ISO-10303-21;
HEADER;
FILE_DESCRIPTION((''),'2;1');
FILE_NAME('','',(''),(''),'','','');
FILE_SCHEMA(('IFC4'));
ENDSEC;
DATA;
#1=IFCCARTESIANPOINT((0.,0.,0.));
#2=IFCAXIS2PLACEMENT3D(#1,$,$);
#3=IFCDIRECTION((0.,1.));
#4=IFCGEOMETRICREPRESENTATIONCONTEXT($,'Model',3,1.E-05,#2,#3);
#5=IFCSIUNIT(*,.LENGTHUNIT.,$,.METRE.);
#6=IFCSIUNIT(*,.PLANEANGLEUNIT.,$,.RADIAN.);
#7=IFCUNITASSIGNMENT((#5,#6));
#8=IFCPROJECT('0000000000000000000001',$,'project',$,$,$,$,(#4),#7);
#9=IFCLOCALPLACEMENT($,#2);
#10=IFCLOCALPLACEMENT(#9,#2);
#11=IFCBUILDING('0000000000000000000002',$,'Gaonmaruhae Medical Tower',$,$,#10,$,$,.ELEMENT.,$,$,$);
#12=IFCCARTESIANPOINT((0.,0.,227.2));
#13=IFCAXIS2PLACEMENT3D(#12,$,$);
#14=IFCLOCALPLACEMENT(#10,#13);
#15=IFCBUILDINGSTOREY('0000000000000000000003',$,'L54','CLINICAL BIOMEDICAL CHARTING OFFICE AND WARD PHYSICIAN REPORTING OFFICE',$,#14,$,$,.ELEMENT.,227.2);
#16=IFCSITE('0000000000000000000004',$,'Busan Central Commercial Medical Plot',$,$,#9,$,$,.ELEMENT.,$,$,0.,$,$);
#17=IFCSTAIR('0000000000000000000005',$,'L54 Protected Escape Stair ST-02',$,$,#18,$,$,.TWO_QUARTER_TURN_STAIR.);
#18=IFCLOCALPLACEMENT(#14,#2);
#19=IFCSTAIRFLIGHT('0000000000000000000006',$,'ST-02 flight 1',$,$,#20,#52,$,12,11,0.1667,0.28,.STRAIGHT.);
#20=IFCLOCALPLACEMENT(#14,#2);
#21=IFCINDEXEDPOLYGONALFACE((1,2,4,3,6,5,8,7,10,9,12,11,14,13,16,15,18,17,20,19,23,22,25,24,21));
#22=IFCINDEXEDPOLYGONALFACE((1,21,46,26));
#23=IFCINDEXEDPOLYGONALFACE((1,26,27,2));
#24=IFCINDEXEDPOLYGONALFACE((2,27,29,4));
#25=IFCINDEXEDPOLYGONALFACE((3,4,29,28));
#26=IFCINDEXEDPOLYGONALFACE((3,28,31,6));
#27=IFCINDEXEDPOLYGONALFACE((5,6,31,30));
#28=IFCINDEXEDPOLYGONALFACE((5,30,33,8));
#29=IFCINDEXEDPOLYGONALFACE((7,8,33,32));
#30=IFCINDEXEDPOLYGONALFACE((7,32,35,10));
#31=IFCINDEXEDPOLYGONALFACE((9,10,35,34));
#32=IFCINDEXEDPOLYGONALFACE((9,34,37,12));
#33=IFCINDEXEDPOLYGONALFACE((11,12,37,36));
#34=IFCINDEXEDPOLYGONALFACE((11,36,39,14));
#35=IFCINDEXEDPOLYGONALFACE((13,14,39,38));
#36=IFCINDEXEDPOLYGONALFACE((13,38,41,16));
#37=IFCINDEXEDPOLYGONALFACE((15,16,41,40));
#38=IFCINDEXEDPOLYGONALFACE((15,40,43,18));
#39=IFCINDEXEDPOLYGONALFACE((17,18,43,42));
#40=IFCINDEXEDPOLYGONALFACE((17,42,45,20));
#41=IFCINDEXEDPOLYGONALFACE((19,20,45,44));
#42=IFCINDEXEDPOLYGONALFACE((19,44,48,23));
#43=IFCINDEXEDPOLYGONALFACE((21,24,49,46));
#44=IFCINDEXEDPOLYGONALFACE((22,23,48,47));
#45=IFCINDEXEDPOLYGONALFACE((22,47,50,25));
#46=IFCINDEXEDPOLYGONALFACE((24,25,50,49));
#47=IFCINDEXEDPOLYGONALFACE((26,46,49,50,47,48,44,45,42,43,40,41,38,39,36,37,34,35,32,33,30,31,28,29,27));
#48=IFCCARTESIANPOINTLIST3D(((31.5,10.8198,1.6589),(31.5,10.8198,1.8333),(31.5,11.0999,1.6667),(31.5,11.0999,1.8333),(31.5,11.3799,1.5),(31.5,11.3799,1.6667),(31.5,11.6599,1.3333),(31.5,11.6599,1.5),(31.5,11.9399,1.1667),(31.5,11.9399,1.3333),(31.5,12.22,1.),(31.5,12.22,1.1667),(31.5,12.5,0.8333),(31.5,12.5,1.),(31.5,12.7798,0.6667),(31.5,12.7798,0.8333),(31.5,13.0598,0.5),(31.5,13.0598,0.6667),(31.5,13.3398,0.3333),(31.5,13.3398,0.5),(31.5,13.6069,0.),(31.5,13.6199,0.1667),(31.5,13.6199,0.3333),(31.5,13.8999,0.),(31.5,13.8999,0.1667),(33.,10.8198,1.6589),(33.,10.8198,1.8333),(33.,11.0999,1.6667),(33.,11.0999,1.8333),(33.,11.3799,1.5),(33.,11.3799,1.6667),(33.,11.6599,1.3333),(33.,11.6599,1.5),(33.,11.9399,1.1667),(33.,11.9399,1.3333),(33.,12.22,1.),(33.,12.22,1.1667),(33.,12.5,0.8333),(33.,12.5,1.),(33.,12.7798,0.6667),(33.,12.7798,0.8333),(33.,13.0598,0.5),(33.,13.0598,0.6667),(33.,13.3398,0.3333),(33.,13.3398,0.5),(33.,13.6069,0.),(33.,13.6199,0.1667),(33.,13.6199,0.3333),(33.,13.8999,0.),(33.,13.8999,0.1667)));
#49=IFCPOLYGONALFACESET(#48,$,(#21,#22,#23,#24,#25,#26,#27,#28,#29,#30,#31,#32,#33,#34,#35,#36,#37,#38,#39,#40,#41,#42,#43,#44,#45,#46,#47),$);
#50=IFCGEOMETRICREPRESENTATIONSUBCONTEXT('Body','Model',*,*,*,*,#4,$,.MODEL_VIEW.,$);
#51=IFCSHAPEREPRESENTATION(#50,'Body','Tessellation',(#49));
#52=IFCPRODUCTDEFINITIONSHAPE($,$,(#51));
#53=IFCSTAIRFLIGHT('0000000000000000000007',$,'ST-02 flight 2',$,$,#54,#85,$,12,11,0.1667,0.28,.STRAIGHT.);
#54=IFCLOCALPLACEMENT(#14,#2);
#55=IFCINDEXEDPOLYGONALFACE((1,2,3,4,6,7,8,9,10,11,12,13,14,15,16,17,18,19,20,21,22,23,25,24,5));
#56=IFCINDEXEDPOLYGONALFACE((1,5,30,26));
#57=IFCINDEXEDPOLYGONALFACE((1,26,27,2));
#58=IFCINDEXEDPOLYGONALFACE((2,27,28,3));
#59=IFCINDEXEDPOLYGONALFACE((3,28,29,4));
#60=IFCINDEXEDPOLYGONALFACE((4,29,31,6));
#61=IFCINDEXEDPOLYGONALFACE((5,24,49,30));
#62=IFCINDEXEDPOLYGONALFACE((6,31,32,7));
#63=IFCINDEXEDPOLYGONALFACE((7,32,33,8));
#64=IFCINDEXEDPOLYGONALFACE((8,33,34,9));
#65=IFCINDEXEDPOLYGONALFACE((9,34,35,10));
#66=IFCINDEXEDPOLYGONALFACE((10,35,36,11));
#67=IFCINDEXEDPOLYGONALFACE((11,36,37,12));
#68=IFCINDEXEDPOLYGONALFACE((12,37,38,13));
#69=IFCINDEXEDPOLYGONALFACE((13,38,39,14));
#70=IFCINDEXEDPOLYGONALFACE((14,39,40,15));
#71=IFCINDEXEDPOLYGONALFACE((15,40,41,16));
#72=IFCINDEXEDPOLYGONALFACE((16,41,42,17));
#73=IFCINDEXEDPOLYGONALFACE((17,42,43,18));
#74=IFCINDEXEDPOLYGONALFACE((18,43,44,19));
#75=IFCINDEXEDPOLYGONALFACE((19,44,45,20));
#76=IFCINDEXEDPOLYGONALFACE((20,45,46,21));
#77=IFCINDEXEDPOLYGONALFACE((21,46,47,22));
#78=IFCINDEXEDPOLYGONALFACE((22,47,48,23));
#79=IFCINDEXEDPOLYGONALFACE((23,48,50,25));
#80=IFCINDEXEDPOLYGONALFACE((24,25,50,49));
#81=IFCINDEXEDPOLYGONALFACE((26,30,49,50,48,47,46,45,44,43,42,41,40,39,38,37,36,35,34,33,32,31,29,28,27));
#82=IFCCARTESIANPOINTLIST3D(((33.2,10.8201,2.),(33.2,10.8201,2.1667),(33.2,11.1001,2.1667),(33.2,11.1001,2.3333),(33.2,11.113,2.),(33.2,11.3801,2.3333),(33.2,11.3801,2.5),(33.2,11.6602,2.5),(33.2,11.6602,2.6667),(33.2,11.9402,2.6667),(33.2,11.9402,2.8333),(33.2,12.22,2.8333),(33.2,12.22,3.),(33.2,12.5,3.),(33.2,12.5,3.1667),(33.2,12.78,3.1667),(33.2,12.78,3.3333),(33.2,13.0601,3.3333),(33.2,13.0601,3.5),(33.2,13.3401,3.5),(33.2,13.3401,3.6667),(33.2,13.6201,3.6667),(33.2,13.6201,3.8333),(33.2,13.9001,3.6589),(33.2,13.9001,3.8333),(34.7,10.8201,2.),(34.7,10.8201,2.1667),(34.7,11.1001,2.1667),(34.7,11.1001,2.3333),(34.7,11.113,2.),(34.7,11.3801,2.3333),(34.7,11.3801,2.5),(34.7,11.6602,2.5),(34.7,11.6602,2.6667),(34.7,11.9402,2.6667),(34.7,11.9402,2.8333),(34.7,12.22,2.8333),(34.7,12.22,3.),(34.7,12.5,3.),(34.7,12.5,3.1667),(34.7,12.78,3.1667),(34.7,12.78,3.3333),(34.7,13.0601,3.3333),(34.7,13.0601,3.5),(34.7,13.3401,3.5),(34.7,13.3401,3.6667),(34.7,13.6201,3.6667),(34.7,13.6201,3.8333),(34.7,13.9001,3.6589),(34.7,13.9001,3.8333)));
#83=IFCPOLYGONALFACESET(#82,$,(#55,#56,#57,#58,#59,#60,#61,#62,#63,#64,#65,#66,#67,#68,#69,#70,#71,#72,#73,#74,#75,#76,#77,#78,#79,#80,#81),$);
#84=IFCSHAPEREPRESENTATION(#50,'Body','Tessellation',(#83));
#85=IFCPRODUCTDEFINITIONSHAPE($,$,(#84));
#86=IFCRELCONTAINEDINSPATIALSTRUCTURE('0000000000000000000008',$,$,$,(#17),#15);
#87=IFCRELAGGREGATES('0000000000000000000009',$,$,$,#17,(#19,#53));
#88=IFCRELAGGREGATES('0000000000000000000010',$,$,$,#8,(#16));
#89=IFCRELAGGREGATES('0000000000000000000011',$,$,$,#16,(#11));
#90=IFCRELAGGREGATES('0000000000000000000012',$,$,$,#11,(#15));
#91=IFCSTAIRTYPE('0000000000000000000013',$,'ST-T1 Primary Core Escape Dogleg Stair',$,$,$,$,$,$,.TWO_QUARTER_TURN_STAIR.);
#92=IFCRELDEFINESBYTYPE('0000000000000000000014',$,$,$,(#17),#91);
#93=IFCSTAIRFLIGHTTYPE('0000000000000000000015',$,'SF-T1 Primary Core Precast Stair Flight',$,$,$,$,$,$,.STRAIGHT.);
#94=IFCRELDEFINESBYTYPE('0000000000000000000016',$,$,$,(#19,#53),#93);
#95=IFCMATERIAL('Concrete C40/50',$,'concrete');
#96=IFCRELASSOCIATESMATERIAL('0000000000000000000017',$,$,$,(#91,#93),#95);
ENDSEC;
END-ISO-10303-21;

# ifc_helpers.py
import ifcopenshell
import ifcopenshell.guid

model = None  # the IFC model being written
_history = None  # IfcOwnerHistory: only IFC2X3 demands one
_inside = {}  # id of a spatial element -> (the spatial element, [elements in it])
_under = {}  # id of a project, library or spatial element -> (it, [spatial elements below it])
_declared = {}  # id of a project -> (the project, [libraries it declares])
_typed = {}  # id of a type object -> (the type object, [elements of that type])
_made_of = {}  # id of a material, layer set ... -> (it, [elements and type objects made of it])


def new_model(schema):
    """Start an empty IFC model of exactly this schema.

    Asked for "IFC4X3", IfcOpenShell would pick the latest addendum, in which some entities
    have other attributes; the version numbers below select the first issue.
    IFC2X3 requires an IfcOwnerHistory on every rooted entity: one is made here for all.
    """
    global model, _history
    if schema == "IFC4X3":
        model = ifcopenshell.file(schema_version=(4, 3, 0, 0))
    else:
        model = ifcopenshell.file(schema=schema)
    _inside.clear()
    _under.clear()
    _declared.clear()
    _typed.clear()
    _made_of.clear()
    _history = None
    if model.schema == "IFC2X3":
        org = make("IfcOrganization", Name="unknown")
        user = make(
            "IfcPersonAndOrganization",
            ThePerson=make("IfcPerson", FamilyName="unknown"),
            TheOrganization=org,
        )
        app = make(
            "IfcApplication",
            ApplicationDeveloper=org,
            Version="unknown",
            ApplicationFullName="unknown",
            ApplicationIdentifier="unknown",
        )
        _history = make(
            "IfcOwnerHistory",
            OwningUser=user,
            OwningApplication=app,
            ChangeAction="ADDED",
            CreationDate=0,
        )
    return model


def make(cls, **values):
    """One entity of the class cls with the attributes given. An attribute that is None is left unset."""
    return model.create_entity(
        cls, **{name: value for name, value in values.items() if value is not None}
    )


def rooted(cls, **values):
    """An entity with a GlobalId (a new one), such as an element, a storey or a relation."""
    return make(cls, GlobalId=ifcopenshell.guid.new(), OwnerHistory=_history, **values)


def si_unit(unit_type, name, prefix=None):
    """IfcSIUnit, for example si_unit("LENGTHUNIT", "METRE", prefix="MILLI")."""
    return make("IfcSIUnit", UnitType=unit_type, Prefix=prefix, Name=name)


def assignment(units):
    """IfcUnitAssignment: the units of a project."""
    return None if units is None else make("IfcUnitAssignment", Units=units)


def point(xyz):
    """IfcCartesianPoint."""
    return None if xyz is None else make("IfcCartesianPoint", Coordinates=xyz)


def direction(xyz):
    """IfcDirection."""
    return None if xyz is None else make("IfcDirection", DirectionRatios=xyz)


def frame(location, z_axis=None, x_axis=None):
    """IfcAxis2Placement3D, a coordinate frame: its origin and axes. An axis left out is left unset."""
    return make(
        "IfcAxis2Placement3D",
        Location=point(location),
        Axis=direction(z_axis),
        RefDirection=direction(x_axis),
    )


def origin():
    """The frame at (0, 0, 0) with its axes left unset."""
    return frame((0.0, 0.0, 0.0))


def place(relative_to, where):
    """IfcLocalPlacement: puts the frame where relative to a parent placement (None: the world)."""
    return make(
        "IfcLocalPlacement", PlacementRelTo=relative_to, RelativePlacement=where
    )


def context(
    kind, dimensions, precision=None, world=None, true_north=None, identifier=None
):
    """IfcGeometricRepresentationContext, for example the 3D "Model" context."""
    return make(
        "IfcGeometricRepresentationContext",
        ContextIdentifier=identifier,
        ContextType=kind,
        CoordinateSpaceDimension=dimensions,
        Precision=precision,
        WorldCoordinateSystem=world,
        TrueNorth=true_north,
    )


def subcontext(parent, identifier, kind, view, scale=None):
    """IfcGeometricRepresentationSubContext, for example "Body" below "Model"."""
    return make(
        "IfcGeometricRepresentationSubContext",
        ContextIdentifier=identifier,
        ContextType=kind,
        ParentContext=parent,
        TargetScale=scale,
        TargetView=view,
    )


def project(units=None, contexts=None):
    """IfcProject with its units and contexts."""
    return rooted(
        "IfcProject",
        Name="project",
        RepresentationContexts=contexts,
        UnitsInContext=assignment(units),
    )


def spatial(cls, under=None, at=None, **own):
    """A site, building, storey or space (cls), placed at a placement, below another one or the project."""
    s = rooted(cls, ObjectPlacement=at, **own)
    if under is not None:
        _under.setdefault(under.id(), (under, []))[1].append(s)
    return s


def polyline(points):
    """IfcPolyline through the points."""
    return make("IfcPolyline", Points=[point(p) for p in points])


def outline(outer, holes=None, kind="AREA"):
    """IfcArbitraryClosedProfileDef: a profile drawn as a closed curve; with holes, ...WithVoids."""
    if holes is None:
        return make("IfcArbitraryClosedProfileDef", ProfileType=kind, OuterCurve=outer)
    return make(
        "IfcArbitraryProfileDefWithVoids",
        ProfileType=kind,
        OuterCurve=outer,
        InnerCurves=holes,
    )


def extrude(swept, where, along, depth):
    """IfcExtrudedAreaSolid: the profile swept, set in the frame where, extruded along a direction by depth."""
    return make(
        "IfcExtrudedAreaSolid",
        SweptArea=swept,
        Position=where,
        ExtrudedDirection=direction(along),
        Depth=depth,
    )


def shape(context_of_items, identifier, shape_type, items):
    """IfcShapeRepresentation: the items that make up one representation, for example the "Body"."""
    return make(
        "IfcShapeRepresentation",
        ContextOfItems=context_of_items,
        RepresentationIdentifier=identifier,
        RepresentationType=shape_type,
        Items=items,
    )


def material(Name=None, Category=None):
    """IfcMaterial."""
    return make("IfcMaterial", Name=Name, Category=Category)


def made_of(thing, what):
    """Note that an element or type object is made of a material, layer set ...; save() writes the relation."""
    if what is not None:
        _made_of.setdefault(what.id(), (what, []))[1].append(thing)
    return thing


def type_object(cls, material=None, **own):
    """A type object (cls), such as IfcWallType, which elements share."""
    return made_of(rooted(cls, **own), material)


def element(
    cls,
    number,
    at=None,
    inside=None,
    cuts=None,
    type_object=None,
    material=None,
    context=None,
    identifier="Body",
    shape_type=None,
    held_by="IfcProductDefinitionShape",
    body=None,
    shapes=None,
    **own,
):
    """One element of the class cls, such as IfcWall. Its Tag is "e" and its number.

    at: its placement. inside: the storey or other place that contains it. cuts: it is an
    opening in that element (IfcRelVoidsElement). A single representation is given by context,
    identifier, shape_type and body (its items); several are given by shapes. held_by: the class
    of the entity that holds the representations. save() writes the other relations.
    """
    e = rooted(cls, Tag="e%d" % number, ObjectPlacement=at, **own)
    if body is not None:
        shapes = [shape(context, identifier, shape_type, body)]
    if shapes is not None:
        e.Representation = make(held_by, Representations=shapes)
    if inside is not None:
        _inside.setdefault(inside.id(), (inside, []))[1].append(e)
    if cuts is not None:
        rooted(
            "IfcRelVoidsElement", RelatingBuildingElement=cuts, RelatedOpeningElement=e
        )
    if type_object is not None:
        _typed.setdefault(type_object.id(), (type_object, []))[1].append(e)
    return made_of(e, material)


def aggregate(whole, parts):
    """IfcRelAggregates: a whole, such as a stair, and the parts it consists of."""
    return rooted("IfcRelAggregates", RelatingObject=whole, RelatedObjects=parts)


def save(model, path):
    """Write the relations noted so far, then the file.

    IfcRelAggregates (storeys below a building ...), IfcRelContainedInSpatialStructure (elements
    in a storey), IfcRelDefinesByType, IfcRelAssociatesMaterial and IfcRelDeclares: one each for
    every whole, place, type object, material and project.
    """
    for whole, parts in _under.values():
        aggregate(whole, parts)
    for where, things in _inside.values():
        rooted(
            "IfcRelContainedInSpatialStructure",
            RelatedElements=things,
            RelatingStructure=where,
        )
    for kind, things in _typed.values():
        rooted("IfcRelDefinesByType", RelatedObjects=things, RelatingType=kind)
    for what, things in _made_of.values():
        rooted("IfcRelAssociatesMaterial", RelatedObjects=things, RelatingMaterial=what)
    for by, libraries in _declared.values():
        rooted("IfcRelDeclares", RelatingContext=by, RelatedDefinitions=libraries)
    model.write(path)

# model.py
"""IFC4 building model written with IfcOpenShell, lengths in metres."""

from ifc_helpers import new_model, si_unit, direction, frame, origin, place, context, subcontext, project, spatial, polyline, outline, extrude, material, type_object, element, aggregate, save


model = new_model("IFC4")

# Units and contexts
model_context = context("Model", 3, precision=1e-05, world=origin(), true_north=direction((0.0, 1.0)))
body_context = subcontext(model_context, "Body", "Model", "MODEL_VIEW")
ifc_project = project(units=[si_unit("LENGTHUNIT", "METRE"), si_unit("PLANEANGLEUNIT", "RADIAN")], contexts=[model_context])

# Site, building, storey
site_placement = place(None, origin())
site = spatial("IfcSite", under=ifc_project, at=site_placement, Name="Busan Central Commercial Medical Plot", CompositionType="ELEMENT", RefElevation=0.0)
building_placement = place(site_placement, origin())
building = spatial("IfcBuilding", under=site, at=building_placement, Name="Gaonmaruhae Medical Tower", CompositionType="ELEMENT")
storey_placement = place(building_placement, frame((0.0, 0.0, 227.2)))
storey = spatial("IfcBuildingStorey", under=building, at=storey_placement, Name="L54", Description="CLINICAL BIOMEDICAL CHARTING OFFICE AND WARD PHYSICIAN REPORTING OFFICE", CompositionType="ELEMENT", Elevation=227.2)

# Stair, stair flights
ifc_material_1 = material(Name="Concrete C40/50", Category="concrete")
stair_type = type_object("IfcStairType", Name="ST-T1 Primary Core Escape Dogleg Stair", PredefinedType="TWO_QUARTER_TURN_STAIR", material=ifc_material_1)
stair_placement = place(storey_placement, origin())
stair = element("IfcStair", 1, at=stair_placement, inside=storey, type_object=stair_type, Name="L54 Protected Escape Stair ST-02", PredefinedType="TWO_QUARTER_TURN_STAIR")
stair_flight_type = type_object("IfcStairFlightType", Name="SF-T1 Primary Core Precast Stair Flight", PredefinedType="STRAIGHT", material=ifc_material_1)
stair_flight_1_placement = place(storey_placement, frame((32.25, 13.8999, 0.0), z_axis=(0.0, 0.0, 1.0), x_axis=(0.0, -1.0, 0.0)))
stair_flight_1 = element("IfcStairFlight", 2, at=stair_flight_1_placement, type_object=stair_flight_type, Name="ST-02 flight 1", NumberOfRisers=12, NumberOfTreads=11, PredefinedType="STRAIGHT", RiserHeight=0.1667, TreadLength=0.28, context=body_context, shape_type="SweptSolid", body=[
    extrude(outline(polyline([(0.0, 0.0), (0.0, 0.1667), (0.28, 0.1667), (0.28, 0.3333), (0.5601, 0.3333), (0.5601, 0.5), (0.8401, 0.5), (0.8401, 0.6667), (1.1201, 0.6667), (1.1201, 0.8333), (1.3999, 0.8333), (1.3999, 1.0), (1.6799, 1.0), (1.6799, 1.1667), (1.96, 1.1667), (1.96, 1.3333), (2.24, 1.3333), (2.24, 1.5), (2.52, 1.5), (2.52, 1.6667), (2.8, 1.6667), (2.8, 1.8333), (3.0801, 1.8333), (3.0801, 2.0), (3.0801, 1.6589), (0.293, 0.0), (0.0, 0.0)])), frame((0.0, 0.75, 0.0), z_axis=(0.0, -1.0, 0.0), x_axis=(1.0, 0.0, 0.0)), (0.0, 0.0, 1.0), 1.5),
])
stair_flight_2_placement = place(storey_placement, frame((33.95, 10.8201, 2.0), z_axis=(0.0, 0.0, 1.0), x_axis=(0.0, 1.0, 0.0)))
stair_flight_2 = element("IfcStairFlight", 3, at=stair_flight_2_placement, type_object=stair_flight_type, Name="ST-02 flight 2", NumberOfRisers=12, NumberOfTreads=11, PredefinedType="STRAIGHT", RiserHeight=0.1667, TreadLength=0.28, context=body_context, shape_type="SweptSolid", body=[
    extrude(outline(polyline([(0.0, 0.0), (0.0, 0.1667), (0.28, 0.1667), (0.28, 0.3333), (0.5601, 0.3333), (0.5601, 0.5), (0.8401, 0.5), (0.8401, 0.6667), (1.1201, 0.6667), (1.1201, 0.8333), (1.3999, 0.8333), (1.3999, 1.0), (1.6799, 1.0), (1.6799, 1.1667), (1.96, 1.1667), (1.96, 1.3333), (2.24, 1.3333), (2.24, 1.5), (2.52, 1.5), (2.52, 1.6667), (2.8, 1.6667), (2.8, 1.8333), (3.0801, 1.8333), (3.0801, 2.0), (3.0801, 1.6589), (0.293, 0.0), (0.0, 0.0)])), frame((0.0, 0.75, 0.0), z_axis=(0.0, -1.0, 0.0), x_axis=(1.0, 0.0, 0.0)), (0.0, 0.0, 1.0), 1.5),
])
aggregate(stair, [stair_flight_1, stair_flight_2])

save(model, "model.ifc")
